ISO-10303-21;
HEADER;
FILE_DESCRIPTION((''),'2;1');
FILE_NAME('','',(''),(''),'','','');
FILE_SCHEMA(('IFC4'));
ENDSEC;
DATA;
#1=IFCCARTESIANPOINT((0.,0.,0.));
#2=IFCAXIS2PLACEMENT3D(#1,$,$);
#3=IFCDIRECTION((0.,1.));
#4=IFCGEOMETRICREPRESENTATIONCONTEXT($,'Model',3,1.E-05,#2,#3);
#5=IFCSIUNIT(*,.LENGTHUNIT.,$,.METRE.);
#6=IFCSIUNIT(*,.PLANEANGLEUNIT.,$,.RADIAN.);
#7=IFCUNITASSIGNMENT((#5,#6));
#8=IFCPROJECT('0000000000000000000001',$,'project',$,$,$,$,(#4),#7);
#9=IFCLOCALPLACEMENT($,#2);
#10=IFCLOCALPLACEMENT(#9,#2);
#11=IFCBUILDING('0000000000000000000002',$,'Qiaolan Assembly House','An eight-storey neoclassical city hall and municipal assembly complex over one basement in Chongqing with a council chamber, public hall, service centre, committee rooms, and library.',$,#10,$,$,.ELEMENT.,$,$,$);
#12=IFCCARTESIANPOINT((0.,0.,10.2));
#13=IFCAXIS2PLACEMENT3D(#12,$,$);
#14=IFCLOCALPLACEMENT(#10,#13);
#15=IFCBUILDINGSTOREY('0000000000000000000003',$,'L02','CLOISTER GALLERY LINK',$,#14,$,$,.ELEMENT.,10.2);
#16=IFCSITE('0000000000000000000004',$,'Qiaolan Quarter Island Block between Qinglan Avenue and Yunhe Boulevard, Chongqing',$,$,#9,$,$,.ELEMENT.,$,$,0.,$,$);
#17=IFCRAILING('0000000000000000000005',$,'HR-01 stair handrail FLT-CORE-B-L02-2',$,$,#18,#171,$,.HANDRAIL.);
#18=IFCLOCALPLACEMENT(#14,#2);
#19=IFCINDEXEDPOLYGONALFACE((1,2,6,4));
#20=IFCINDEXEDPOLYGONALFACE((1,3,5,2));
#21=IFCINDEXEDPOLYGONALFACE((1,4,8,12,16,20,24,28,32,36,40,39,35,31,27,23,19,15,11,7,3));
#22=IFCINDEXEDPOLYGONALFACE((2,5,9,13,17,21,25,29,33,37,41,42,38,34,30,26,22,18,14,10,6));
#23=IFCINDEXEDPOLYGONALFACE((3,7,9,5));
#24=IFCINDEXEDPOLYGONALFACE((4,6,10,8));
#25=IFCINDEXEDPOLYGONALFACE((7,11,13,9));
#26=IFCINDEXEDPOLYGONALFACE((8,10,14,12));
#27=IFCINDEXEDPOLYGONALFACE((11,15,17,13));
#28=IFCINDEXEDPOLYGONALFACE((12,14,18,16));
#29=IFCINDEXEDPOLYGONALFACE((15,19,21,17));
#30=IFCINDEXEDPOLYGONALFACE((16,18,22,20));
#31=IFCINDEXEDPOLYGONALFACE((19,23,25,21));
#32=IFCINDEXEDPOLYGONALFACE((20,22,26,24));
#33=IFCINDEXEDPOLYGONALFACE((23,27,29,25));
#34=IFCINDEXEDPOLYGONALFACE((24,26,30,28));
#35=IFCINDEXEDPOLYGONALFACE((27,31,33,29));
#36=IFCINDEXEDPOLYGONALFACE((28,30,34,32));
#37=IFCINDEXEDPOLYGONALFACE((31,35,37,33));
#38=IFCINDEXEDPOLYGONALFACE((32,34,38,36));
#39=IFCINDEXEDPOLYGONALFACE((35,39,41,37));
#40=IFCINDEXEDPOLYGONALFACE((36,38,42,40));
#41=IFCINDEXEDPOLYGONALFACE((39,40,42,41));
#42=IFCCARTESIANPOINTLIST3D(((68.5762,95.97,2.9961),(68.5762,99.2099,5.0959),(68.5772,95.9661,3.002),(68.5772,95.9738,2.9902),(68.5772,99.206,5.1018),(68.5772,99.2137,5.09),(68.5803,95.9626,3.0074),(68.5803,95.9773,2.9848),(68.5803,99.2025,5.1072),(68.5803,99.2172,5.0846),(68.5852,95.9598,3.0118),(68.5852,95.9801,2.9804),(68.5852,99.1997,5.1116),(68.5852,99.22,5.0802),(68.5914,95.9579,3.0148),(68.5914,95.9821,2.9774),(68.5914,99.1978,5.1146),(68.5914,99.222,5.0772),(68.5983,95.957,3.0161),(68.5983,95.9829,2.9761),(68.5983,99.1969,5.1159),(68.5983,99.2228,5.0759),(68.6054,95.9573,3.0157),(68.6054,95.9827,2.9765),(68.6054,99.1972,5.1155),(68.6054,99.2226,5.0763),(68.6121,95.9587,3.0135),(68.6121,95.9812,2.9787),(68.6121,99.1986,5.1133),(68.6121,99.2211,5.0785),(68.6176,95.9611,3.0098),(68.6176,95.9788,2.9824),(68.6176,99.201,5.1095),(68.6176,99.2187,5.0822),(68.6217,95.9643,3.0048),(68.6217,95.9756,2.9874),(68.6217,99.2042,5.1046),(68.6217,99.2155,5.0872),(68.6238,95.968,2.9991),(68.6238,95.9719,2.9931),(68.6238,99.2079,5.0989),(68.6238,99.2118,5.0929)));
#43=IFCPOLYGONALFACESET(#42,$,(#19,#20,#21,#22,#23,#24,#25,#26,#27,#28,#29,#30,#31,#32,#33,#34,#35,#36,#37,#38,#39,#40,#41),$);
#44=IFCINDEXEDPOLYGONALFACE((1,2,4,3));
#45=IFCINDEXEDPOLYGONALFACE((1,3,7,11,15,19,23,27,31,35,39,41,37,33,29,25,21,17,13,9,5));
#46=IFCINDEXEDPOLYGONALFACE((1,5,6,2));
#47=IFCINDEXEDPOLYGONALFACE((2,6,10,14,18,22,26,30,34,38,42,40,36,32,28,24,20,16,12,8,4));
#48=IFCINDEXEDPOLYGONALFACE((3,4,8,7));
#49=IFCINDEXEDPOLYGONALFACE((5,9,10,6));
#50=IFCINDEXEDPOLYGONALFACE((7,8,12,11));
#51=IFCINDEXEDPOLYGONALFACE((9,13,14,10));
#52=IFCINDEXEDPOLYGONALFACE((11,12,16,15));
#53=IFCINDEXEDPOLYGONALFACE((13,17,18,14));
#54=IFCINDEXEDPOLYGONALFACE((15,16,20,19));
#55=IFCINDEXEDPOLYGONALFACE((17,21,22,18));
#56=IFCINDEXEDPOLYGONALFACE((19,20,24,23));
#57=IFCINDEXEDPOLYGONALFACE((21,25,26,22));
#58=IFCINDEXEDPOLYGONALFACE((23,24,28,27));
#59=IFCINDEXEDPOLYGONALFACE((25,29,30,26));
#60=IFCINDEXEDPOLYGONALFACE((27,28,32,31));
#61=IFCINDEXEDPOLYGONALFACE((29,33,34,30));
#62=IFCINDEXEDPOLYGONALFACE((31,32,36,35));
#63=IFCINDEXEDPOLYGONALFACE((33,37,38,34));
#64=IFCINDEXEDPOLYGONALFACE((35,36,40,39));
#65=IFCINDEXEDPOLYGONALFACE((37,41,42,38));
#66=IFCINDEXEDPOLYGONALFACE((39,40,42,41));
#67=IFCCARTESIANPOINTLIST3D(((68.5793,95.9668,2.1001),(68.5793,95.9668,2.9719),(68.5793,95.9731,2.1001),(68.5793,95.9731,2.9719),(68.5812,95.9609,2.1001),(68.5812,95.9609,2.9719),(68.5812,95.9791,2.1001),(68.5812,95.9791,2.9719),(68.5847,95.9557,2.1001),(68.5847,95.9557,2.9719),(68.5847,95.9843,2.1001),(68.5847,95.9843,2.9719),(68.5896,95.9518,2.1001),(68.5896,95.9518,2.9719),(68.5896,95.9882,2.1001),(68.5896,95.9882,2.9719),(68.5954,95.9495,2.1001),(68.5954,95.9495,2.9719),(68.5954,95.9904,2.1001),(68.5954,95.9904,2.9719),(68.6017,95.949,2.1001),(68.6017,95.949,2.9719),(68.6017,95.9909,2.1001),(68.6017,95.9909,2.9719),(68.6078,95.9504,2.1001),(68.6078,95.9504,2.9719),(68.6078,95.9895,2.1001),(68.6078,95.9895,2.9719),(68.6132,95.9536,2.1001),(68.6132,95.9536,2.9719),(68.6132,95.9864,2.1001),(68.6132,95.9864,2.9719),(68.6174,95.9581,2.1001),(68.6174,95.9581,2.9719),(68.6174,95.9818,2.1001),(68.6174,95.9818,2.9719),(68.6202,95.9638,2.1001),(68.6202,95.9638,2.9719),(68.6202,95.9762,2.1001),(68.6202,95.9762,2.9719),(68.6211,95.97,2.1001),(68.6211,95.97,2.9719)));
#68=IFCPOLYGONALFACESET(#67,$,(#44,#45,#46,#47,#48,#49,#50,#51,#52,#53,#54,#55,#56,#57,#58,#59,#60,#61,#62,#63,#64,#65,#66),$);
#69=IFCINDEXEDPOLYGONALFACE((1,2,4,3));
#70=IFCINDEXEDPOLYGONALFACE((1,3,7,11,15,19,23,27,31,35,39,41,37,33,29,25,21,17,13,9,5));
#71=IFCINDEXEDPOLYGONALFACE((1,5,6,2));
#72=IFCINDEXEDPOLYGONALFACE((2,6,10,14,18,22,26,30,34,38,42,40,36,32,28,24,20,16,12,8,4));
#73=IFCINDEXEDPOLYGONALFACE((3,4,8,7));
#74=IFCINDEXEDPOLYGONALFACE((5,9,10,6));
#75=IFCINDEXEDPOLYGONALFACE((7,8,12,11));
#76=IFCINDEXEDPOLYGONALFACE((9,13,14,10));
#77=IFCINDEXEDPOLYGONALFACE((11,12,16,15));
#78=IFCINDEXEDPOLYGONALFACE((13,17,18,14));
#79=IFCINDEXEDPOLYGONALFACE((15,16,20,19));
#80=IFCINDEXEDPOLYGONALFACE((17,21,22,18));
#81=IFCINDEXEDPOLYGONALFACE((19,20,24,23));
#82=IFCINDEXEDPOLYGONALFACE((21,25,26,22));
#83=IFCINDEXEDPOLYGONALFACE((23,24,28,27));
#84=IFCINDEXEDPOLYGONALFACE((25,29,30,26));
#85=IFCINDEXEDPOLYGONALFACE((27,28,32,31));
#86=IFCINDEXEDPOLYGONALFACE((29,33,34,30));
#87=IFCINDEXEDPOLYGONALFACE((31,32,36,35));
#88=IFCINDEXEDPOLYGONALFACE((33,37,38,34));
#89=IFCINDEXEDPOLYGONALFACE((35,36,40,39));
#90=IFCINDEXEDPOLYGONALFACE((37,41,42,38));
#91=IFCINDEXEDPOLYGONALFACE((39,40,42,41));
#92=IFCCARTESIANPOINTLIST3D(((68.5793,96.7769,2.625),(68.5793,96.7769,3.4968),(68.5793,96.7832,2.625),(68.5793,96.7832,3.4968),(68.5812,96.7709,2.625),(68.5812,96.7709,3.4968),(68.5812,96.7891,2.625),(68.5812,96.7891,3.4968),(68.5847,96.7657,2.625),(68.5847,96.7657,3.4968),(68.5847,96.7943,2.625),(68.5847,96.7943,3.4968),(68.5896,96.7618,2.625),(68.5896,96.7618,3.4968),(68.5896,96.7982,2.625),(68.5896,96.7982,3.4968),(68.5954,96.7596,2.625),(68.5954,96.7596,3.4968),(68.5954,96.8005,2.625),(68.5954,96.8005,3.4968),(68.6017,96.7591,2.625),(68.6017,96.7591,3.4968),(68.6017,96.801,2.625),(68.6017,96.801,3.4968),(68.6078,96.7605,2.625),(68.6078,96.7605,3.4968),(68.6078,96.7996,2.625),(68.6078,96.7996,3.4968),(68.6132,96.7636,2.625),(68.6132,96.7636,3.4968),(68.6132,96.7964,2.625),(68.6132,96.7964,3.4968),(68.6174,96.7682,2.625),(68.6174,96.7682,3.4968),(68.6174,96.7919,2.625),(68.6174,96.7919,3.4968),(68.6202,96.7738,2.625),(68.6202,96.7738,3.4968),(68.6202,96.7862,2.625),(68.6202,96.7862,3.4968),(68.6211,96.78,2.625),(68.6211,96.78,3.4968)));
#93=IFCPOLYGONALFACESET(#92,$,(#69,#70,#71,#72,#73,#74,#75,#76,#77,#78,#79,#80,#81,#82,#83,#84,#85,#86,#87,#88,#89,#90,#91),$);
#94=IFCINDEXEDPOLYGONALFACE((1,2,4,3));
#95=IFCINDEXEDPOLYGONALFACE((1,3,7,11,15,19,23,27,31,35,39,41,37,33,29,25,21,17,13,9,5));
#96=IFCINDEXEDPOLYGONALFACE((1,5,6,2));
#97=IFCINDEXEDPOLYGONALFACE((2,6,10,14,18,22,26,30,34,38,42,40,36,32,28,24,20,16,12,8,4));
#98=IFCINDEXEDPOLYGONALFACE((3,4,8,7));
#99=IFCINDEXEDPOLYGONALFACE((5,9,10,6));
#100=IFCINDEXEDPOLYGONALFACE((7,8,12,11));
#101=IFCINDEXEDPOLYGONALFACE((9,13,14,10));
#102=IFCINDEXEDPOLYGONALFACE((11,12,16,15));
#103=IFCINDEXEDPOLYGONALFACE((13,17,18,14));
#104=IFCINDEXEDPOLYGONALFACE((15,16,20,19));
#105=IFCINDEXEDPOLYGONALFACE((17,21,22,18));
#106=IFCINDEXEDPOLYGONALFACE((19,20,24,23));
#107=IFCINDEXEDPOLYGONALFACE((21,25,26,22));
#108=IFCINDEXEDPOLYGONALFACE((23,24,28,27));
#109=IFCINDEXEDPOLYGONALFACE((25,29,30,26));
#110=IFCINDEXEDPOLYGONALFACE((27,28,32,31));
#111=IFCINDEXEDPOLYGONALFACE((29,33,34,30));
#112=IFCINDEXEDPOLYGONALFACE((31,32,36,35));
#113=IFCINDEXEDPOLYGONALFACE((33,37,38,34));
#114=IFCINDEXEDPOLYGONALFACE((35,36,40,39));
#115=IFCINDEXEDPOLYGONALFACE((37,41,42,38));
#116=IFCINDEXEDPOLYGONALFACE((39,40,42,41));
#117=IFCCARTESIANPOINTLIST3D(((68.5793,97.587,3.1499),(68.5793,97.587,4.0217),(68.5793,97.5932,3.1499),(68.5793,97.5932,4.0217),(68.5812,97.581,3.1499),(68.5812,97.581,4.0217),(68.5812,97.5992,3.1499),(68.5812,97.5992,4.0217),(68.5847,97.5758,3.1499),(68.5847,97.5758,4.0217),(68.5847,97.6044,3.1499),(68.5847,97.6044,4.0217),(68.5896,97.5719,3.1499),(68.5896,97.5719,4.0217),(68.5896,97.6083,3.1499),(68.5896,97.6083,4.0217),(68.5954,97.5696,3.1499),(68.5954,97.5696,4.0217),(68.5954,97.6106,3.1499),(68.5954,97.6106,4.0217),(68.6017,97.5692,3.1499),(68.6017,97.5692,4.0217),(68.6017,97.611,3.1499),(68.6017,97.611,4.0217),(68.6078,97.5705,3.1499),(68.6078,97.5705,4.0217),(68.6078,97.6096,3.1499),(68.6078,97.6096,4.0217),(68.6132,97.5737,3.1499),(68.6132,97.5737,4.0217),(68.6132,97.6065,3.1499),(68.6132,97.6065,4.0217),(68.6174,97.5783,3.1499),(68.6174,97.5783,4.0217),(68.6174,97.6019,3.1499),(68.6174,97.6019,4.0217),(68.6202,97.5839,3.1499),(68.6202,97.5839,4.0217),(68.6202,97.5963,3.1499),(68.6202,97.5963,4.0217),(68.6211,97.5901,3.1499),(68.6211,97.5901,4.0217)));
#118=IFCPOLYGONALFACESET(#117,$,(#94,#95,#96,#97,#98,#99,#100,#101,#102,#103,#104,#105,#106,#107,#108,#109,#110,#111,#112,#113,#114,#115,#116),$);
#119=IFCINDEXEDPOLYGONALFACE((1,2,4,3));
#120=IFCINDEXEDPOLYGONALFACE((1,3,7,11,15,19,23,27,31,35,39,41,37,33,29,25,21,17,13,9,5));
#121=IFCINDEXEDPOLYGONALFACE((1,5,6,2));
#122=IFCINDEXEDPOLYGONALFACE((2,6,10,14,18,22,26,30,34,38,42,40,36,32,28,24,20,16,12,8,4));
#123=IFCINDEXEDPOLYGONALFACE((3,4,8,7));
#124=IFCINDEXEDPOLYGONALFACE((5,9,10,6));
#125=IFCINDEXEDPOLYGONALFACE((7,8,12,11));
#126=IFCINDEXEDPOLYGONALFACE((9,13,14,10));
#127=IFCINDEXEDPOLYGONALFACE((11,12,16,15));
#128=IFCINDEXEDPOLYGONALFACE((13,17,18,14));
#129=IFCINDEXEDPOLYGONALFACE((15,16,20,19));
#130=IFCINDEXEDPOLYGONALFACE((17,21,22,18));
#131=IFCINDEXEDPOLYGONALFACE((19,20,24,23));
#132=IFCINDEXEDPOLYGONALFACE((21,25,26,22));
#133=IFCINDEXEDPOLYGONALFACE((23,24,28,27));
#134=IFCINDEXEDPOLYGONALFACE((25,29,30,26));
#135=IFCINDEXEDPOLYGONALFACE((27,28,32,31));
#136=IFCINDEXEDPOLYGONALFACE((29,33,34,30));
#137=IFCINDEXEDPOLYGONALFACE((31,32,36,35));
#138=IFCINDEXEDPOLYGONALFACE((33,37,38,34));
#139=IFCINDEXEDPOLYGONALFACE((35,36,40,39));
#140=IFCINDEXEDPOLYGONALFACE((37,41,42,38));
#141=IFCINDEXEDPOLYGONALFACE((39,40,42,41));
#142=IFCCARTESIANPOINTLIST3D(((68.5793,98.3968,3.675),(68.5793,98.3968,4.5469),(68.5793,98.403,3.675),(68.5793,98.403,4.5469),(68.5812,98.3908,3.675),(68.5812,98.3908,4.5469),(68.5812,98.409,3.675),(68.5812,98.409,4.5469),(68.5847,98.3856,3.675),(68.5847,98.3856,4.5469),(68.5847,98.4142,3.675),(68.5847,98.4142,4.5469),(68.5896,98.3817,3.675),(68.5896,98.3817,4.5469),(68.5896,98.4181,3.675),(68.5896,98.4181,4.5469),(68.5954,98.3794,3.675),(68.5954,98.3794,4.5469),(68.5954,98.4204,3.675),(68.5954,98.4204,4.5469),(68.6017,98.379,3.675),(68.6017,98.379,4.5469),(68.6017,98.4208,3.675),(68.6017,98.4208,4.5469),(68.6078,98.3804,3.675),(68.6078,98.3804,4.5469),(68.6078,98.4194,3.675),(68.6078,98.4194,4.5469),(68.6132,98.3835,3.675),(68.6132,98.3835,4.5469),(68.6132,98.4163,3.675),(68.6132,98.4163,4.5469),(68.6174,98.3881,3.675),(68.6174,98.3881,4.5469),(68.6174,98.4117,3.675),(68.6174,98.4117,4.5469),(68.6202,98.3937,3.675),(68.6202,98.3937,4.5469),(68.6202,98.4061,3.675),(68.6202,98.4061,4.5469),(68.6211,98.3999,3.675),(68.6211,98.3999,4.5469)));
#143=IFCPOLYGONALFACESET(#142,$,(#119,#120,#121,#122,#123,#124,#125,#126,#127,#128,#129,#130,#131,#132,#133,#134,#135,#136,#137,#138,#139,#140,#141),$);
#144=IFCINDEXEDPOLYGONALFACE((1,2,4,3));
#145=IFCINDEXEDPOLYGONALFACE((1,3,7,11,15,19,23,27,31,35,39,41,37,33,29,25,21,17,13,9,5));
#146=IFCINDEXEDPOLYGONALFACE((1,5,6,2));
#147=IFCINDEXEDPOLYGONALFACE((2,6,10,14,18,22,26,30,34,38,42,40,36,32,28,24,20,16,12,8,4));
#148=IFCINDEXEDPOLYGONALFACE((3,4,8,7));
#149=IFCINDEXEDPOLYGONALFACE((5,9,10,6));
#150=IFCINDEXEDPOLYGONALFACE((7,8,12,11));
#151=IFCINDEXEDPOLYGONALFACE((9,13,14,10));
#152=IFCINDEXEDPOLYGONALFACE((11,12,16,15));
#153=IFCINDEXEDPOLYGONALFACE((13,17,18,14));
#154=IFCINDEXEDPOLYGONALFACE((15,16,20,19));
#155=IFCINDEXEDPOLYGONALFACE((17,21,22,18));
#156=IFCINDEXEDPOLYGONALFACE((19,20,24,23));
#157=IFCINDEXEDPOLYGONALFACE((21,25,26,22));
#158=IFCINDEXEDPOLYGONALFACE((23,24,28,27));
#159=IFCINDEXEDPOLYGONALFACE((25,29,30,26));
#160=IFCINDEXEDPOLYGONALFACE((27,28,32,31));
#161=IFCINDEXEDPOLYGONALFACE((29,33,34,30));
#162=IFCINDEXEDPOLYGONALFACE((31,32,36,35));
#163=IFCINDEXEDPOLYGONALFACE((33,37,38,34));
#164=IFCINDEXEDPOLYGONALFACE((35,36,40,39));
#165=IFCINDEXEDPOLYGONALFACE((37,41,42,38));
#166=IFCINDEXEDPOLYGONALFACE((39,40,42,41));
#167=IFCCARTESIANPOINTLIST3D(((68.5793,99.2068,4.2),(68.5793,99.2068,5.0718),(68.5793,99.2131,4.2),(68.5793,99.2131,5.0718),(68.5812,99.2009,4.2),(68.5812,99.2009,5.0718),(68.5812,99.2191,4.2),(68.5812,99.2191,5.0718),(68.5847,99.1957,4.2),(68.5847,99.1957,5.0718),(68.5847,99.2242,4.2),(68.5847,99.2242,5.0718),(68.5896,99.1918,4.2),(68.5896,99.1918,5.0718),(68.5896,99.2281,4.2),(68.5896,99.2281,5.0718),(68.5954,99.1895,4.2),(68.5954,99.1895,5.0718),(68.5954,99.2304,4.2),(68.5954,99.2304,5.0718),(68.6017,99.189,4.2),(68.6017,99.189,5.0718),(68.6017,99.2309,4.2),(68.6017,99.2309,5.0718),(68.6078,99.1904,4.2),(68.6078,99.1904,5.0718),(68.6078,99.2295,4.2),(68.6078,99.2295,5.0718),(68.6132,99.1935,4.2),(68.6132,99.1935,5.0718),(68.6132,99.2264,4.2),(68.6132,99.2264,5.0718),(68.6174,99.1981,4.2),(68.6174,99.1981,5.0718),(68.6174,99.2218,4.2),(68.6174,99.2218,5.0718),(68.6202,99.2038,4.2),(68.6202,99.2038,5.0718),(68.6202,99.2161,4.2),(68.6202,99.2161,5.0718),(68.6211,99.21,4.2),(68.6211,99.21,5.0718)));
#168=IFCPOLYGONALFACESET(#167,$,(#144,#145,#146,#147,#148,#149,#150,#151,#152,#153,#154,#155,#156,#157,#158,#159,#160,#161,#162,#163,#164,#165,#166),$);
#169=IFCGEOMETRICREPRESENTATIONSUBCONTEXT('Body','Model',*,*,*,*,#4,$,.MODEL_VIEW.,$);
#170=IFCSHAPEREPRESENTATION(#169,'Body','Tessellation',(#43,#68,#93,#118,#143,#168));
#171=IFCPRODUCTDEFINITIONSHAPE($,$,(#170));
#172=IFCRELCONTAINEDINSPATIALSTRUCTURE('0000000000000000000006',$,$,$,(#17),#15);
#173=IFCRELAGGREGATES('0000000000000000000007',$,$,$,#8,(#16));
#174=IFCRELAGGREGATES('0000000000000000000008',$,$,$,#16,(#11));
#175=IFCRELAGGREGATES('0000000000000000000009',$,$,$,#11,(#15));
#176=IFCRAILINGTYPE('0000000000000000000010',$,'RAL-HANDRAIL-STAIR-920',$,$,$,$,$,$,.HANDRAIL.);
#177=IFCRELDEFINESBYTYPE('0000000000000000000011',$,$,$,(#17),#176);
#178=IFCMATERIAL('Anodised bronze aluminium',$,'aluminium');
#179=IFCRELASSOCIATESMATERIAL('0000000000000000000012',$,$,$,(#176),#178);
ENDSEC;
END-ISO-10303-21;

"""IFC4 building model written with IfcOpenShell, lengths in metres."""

from ifc_helpers import new_model, si_unit, direction, frame, origin, origin_2d, place, context, subcontext, project, spatial, circle, extrude, material, type_object, element, save


model = new_model("IFC4")

# Units and contexts
model_context = context("Model", 3, precision=1e-05, world=origin(), true_north=direction((0.0, 1.0)))
body_context = subcontext(model_context, "Body", "Model", "MODEL_VIEW")
ifc_project = project(units=[si_unit("LENGTHUNIT", "METRE"), si_unit("PLANEANGLEUNIT", "RADIAN")], contexts=[model_context])

# Site, building, storey
site_placement = place(None, origin())
site = spatial("IfcSite", under=ifc_project, at=site_placement, Name="Qiaolan Quarter Island Block between Qinglan Avenue and Yunhe Boulevard, Chongqing", CompositionType="ELEMENT", RefElevation=0.0)
building_placement = place(site_placement, origin())
building = spatial("IfcBuilding", under=site, at=building_placement, Name="Qiaolan Assembly House", Description="An eight-storey neoclassical city hall and municipal assembly complex over one basement in Chongqing with a council chamber, public hall, service centre, committee rooms, and library.", CompositionType="ELEMENT")
storey_placement = place(building_placement, frame((0.0, 0.0, 10.2)))
storey = spatial("IfcBuildingStorey", under=building, at=storey_placement, Name="L02", Description="CLOISTER GALLERY LINK", CompositionType="ELEMENT", Elevation=10.2)

# Shared definitions
ifc_material_1 = material(Name="Anodised bronze aluminium", Category="aluminium")

# Railing
railing_type = type_object("IfcRailingType", Name="RAL-HANDRAIL-STAIR-920", PredefinedType="HANDRAIL", material=ifc_material_1)
railing_placement = place(storey_placement, frame((68.6001, 95.97, 2.1001)))
element("IfcRailing", 1, at=railing_placement, inside=storey, type_object=railing_type, Name="HR-01 stair handrail FLT-CORE-B-L02-2", PredefinedType="HANDRAIL", context=body_context, shape_type="SweptSolid", body=[
    extrude(circle(Radius=0.0239, at=origin_2d()), frame((0.0, 0.0, 0.896), z_axis=(0.0, 0.83917, 0.54387), x_axis=(-1.0, 0.0, 0.0)), (0.0, 0.0, 1.0), 3.8608),
    extrude(circle(Radius=0.021, at=origin_2d()), origin(), (0.0, 0.0, 1.0), 0.8718),
    extrude(circle(Radius=0.021, at=origin_2d()), frame((0.0, 0.8101, 0.5249)), (0.0, 0.0, 1.0), 0.8718),
    extrude(circle(Radius=0.021, at=origin_2d()), frame((0.0, 1.6201, 1.0498)), (0.0, 0.0, 1.0), 0.8718),
    extrude(circle(Radius=0.021, at=origin_2d()), frame((0.0, 2.4299, 1.575)), (0.0, 0.0, 1.0), 0.8718),
    extrude(circle(Radius=0.021, at=origin_2d()), frame((0.0, 3.24, 2.0999)), (0.0, 0.0, 1.0), 0.8718),
])

save(model, "model.ifc")
